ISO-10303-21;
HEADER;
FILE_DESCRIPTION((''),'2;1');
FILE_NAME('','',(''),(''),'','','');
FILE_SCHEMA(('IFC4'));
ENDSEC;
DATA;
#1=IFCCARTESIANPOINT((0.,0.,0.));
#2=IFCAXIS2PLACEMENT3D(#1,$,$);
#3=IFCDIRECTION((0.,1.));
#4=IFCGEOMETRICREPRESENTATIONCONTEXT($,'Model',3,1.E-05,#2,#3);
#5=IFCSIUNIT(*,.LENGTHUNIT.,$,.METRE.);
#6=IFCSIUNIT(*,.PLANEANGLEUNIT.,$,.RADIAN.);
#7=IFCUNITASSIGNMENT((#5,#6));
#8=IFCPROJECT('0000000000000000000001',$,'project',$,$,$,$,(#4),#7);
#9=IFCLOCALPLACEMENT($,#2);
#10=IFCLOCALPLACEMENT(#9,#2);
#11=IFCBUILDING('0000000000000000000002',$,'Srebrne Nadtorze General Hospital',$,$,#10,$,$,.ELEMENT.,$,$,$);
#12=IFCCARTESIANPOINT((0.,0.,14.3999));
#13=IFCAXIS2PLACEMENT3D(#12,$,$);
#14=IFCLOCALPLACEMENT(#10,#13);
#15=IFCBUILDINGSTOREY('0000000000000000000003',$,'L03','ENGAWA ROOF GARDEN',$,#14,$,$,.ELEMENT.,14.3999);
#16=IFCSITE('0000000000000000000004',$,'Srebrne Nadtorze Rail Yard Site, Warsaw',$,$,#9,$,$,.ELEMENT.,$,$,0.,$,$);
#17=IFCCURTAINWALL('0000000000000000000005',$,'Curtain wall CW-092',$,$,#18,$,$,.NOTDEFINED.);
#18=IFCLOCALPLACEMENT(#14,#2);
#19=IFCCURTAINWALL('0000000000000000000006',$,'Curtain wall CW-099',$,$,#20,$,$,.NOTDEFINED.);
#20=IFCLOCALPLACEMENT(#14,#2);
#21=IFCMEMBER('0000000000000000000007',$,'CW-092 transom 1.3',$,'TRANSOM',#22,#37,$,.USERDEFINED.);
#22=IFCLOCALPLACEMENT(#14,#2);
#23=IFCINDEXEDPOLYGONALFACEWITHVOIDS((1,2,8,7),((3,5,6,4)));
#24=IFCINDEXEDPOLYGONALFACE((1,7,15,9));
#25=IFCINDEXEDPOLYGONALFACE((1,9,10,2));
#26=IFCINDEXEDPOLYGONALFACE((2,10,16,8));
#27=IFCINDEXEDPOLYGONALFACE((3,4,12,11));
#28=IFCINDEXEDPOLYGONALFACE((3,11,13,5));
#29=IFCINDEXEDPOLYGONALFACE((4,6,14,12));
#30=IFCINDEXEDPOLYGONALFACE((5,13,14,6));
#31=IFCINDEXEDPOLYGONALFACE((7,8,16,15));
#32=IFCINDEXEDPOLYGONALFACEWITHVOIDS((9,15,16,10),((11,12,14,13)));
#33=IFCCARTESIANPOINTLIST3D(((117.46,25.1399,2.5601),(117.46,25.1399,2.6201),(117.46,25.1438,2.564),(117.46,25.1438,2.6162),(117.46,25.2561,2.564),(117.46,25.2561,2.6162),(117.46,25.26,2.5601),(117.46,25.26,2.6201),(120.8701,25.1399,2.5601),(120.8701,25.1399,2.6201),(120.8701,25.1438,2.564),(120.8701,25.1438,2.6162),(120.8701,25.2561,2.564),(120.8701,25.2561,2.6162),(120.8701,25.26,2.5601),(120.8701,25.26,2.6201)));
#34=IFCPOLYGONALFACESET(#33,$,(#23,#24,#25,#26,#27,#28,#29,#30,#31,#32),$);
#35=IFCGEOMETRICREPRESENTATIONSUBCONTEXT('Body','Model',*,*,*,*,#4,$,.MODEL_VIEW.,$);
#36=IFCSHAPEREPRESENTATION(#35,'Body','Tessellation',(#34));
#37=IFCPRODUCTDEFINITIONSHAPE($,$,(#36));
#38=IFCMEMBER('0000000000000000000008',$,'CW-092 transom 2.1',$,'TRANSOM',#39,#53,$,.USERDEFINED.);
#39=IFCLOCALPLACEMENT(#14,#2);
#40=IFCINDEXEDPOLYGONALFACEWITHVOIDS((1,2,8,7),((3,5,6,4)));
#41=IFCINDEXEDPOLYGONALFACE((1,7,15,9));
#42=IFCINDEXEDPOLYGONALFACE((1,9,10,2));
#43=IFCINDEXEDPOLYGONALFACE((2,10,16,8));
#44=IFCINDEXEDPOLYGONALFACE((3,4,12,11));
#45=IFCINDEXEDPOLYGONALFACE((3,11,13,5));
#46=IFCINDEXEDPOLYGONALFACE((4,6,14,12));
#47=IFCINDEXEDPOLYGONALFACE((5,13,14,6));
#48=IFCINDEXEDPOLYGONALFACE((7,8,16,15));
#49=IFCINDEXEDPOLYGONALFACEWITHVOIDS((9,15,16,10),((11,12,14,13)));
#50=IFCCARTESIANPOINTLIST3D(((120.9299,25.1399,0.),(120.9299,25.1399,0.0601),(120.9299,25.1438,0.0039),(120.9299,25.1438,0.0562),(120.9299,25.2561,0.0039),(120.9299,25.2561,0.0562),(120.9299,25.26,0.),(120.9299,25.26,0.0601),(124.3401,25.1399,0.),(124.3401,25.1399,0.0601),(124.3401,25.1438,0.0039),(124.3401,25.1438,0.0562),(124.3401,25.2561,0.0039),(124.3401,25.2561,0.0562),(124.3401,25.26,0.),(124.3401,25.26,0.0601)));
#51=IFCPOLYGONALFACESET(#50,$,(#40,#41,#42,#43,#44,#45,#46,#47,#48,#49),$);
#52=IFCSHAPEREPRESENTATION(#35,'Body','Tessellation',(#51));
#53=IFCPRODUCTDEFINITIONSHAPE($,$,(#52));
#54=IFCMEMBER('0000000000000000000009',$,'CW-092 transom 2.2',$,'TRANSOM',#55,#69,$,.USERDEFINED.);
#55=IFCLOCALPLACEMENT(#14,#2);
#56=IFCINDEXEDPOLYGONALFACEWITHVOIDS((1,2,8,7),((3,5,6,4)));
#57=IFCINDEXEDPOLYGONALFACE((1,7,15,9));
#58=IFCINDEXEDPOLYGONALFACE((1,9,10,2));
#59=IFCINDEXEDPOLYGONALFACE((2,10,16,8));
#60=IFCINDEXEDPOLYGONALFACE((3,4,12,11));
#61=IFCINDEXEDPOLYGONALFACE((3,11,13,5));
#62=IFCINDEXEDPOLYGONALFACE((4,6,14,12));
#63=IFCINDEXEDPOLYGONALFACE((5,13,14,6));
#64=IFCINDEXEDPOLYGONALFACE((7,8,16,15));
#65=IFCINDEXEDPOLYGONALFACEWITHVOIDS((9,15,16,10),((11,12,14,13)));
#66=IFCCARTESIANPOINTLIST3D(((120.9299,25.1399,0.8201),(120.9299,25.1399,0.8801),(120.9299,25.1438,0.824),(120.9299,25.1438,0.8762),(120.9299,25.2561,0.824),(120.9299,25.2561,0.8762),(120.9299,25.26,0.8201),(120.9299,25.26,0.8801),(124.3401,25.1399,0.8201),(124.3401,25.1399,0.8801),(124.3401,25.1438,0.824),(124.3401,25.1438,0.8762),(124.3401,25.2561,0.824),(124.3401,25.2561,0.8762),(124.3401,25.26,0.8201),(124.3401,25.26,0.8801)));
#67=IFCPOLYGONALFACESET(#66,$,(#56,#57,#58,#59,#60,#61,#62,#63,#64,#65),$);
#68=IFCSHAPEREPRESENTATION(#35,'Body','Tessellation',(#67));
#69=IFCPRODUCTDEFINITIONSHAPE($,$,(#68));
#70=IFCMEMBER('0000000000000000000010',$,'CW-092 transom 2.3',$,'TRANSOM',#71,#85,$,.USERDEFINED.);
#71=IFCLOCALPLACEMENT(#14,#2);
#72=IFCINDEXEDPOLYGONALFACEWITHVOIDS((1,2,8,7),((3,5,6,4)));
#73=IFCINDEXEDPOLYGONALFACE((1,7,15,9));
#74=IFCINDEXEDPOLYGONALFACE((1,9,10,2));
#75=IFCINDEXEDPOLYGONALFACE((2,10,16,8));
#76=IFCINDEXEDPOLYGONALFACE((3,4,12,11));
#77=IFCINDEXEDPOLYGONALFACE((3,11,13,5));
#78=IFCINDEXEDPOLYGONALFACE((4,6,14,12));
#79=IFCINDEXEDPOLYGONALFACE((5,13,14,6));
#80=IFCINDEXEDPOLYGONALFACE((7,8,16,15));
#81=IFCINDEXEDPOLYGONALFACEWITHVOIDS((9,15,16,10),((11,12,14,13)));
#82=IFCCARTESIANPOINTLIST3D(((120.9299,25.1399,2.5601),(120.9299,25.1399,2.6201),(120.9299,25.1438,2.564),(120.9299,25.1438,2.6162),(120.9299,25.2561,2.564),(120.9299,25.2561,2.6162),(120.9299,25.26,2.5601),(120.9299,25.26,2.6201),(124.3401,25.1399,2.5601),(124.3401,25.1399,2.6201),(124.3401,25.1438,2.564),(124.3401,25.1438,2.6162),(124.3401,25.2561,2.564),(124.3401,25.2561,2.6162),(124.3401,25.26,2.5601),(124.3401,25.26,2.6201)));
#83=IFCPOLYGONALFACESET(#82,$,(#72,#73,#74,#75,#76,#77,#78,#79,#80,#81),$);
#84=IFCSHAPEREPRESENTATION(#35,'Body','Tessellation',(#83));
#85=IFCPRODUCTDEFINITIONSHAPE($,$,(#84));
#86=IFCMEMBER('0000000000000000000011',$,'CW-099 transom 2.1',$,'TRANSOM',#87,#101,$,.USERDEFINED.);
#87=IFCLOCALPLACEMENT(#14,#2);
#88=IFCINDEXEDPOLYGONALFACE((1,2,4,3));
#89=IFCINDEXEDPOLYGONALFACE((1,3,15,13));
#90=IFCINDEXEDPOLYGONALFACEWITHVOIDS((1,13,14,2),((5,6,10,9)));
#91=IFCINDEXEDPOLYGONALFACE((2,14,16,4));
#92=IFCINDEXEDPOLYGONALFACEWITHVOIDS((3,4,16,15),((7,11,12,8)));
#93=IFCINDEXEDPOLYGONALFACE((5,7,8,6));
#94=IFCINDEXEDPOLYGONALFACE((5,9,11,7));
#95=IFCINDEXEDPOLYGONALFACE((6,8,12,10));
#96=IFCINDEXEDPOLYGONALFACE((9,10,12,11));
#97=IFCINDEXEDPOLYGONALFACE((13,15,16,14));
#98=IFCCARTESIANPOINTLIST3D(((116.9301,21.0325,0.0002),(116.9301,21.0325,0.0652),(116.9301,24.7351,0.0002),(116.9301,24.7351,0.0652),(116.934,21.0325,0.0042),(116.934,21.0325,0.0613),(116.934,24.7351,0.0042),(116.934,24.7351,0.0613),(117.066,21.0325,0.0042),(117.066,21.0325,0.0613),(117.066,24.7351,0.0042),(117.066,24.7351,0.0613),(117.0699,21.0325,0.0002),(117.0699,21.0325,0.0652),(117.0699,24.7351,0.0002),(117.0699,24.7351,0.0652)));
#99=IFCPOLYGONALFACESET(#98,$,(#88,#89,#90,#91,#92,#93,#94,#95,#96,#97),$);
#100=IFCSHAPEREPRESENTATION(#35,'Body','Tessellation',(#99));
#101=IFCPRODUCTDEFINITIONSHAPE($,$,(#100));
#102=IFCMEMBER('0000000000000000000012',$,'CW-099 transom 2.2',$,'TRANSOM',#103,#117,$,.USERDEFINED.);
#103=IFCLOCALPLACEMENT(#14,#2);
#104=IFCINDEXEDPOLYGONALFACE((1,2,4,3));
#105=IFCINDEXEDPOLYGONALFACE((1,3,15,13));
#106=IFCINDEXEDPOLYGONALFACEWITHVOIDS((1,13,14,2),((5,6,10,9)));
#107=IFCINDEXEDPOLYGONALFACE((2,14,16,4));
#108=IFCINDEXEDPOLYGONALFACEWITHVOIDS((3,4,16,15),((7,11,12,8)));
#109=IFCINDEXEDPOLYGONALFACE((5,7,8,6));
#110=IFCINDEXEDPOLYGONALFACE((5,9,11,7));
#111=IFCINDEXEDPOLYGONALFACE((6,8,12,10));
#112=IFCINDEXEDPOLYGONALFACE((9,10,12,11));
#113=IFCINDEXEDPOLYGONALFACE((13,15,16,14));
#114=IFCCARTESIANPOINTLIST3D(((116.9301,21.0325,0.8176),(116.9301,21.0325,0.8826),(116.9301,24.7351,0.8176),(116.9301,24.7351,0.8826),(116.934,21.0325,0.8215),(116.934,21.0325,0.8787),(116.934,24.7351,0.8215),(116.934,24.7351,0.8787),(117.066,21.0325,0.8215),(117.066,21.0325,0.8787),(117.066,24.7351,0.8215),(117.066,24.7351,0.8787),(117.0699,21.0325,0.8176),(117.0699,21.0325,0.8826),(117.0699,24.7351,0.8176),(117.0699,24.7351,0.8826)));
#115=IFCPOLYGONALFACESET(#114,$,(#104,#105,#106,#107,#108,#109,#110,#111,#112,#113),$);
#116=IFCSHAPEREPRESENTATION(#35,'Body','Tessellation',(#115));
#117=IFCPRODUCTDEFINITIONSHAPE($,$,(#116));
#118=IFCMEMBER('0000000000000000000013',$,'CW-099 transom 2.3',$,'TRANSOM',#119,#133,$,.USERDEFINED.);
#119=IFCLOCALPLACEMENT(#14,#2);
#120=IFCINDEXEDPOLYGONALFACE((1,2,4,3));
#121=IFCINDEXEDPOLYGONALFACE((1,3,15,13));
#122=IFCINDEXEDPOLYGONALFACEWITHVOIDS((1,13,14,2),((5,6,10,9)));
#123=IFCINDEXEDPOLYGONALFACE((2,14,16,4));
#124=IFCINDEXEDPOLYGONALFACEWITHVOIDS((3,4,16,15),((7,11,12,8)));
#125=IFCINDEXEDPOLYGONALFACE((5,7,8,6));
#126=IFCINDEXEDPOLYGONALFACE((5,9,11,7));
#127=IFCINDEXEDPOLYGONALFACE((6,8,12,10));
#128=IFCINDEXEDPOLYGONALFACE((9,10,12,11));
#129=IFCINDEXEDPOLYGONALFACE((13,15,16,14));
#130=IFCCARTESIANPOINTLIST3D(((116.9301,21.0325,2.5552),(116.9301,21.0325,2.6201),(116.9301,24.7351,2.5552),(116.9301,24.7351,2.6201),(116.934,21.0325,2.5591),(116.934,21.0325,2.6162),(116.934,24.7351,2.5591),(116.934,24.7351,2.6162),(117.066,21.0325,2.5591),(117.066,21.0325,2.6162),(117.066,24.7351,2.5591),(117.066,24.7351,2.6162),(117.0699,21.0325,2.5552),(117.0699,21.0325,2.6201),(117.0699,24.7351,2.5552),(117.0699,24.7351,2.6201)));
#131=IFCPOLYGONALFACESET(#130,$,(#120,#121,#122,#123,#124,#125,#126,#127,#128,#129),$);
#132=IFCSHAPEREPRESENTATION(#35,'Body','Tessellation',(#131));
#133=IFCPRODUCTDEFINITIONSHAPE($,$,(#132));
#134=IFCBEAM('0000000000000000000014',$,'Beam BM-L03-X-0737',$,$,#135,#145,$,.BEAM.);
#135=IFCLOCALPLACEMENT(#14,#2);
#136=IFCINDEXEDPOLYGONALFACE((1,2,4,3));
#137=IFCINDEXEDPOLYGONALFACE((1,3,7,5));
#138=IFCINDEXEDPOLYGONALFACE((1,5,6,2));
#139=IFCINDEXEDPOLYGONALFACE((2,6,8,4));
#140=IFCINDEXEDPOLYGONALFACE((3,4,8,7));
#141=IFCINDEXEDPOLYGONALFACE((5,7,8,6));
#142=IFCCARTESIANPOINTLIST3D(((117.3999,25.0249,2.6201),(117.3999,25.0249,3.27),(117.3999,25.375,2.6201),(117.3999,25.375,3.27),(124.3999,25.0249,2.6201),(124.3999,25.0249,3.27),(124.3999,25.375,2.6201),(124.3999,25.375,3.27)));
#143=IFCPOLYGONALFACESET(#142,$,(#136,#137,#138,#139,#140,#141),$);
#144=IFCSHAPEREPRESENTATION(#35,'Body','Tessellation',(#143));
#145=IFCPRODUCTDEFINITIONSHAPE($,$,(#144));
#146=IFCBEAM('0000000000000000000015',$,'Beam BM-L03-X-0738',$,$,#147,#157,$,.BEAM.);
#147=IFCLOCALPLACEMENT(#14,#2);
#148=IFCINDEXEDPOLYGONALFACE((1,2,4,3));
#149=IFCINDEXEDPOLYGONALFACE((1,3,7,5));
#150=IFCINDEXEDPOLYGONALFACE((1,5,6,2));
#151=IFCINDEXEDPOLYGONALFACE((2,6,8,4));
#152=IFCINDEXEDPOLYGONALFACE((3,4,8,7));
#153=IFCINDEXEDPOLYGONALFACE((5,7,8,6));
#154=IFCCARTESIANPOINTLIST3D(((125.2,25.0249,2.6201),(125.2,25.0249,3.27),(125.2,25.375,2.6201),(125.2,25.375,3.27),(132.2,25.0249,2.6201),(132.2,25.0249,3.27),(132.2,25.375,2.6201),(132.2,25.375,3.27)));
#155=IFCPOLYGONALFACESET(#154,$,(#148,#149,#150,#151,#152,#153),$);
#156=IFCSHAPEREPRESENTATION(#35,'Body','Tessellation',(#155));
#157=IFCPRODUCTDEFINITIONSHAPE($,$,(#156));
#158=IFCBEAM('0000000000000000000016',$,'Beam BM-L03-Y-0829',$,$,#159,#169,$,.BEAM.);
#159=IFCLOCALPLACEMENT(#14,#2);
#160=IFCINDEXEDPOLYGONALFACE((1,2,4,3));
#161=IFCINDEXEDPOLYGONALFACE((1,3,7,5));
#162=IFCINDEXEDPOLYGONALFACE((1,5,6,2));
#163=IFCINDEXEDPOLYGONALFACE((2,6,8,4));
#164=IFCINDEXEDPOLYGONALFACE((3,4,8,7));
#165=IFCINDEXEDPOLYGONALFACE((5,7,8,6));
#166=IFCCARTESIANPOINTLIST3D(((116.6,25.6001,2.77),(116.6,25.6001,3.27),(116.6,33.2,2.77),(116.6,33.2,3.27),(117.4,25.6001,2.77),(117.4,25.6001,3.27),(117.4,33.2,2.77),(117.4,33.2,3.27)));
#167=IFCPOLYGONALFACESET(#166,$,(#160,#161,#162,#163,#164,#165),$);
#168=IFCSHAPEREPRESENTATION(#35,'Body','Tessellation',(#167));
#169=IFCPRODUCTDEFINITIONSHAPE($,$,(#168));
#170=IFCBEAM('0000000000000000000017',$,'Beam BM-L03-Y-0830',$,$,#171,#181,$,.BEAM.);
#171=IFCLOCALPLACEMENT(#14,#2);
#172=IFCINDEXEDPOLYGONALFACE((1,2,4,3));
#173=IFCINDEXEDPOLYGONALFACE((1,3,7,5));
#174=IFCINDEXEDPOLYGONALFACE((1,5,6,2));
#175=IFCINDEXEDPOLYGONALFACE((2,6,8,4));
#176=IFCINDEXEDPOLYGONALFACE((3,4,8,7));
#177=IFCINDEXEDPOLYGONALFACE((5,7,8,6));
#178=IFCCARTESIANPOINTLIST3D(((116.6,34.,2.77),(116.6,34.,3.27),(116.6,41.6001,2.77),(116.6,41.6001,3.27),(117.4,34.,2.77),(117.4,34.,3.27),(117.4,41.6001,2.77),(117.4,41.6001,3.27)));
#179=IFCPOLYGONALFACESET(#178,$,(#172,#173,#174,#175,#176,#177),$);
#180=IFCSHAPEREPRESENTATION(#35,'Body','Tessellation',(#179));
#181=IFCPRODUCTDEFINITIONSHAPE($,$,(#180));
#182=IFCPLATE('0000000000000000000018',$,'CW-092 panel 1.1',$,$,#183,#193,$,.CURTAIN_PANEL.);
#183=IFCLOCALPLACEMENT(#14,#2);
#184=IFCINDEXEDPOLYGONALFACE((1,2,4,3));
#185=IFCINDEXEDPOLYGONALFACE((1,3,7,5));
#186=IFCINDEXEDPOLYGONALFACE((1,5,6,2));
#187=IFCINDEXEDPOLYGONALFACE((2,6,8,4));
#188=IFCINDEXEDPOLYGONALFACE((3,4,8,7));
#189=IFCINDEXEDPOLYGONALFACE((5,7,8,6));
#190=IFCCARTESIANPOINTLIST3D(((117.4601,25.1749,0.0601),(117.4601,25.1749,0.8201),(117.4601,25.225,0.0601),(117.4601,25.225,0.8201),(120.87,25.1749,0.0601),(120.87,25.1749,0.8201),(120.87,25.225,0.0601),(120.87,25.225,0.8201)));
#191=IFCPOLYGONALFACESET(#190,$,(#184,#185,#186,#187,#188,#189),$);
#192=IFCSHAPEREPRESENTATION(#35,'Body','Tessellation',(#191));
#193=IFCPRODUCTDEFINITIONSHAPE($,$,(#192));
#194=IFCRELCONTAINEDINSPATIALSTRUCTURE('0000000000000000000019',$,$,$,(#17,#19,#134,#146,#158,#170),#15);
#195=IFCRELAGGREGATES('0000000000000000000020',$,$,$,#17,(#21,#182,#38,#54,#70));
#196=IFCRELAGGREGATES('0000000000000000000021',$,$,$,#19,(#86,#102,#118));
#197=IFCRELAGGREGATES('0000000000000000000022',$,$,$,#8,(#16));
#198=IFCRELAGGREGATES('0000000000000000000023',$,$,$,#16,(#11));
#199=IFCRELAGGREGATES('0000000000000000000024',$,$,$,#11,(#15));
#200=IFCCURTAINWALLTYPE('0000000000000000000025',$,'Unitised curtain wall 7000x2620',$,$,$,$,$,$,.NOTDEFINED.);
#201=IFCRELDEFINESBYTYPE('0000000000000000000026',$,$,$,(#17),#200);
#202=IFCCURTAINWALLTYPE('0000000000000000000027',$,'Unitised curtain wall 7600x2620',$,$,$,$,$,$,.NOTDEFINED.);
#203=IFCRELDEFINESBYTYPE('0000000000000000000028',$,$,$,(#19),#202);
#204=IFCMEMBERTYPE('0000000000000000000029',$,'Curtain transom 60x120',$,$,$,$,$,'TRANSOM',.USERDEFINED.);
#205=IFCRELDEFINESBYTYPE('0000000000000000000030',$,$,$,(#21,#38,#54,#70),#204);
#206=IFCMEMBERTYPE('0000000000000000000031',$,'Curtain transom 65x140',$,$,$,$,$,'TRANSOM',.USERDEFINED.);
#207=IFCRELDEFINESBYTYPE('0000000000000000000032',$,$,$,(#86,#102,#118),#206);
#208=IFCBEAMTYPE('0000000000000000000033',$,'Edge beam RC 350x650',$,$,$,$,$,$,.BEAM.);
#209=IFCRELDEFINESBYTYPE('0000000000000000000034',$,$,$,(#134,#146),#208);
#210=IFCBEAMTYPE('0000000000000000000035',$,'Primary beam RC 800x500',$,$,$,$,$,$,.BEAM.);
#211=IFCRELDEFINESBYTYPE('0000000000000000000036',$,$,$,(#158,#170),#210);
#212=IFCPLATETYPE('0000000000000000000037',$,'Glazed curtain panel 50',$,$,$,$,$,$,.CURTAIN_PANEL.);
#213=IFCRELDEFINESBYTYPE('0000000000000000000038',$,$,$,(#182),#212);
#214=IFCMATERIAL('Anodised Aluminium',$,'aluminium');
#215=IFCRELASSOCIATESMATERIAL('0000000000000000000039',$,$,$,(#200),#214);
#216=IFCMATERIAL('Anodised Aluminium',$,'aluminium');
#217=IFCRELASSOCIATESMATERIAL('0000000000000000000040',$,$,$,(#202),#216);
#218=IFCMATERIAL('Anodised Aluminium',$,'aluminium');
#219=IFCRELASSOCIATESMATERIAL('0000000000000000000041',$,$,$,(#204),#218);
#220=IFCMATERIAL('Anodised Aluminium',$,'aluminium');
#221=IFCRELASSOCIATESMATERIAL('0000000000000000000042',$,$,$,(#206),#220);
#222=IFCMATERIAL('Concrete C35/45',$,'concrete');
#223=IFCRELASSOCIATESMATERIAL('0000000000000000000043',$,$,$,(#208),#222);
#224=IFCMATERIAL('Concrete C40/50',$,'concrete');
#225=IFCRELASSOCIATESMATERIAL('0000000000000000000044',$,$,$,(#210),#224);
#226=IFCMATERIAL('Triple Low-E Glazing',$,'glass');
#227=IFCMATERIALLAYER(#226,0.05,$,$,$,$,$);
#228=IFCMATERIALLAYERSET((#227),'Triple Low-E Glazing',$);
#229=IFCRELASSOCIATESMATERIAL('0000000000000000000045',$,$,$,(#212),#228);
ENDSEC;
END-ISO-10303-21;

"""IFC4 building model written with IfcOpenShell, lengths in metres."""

from ifc_helpers import new_model, si_unit, direction, frame, origin, origin_2d, place, context, subcontext, project, spatial, rectangle, hollow_rectangle, extrude, material, layer, layer_set, material_profile, profile_set, type_object, element, aggregate, save


model = new_model("IFC4")

# Units and contexts
model_context = context("Model", 3, precision=1e-05, world=origin(), true_north=direction((0.0, 1.0)))
body_context = subcontext(model_context, "Body", "Model", "MODEL_VIEW")
ifc_project = project(units=[si_unit("LENGTHUNIT", "METRE"), si_unit("PLANEANGLEUNIT", "RADIAN")], contexts=[model_context])

# Site, building, storey
site_placement = place(None, origin())
site = spatial("IfcSite", under=ifc_project, at=site_placement, Name="Srebrne Nadtorze Rail Yard Site, Warsaw", CompositionType="ELEMENT", RefElevation=0.0)
building_placement = place(site_placement, origin())
building = spatial("IfcBuilding", under=site, at=building_placement, Name="Srebrne Nadtorze General Hospital", CompositionType="ELEMENT")
storey_placement = place(building_placement, frame((0.0, 0.0, 14.3999)))
storey = spatial("IfcBuildingStorey", under=building, at=storey_placement, Name="L03", Description="ENGAWA ROOF GARDEN", CompositionType="ELEMENT", Elevation=14.3999)

# Curtain wall
ifc_material_1 = material(Name="Anodised Aluminium", Category="aluminium")
curtain_wall_type_1 = type_object("IfcCurtainWallType", Name="Unitised curtain wall 7000x2620", PredefinedType="NOTDEFINED", material=ifc_material_1)
curtain_wall_1_placement = place(storey_placement, origin())
curtain_wall_1 = element("IfcCurtainWall", 1, at=curtain_wall_1_placement, inside=storey, type_object=curtain_wall_type_1, Name="Curtain wall CW-092", PredefinedType="NOTDEFINED")

# Curtain wall
ifc_material_2 = material(Name="Anodised Aluminium", Category="aluminium")
curtain_wall_type_2 = type_object("IfcCurtainWallType", Name="Unitised curtain wall 7600x2620", PredefinedType="NOTDEFINED", material=ifc_material_2)
curtain_wall_2_placement = place(storey_placement, origin())
curtain_wall_2 = element("IfcCurtainWall", 2, at=curtain_wall_2_placement, inside=storey, type_object=curtain_wall_type_2, Name="Curtain wall CW-099", PredefinedType="NOTDEFINED")

# Members
ifc_material_3 = material(Name="Anodised Aluminium", Category="aluminium")
ifc_material_profile_1 = material_profile(ifc_material_3, hollow_rectangle(XDim=0.0601, YDim=0.1201, WallThickness=0.0039, at=origin_2d()), Name="AL-TRN-60x120")
ifc_profile_set_1 = profile_set([ifc_material_profile_1], Name="Anodised Aluminium")
member_type_1 = type_object("IfcMemberType", Name="Curtain transom 60x120", ElementType="TRANSOM", PredefinedType="USERDEFINED", material=ifc_profile_set_1)
member_1_placement = place(storey_placement, frame((117.46, 25.2, 2.5901), z_axis=(1.0, 0.0, 0.0), x_axis=(0.0, 0.0, 1.0)))
member_1 = element("IfcMember", 3, at=member_1_placement, type_object=member_type_1, Name="CW-092 transom 1.3", ObjectType="TRANSOM", PredefinedType="USERDEFINED", context=body_context, shape_type="SweptSolid", body=[
    extrude(hollow_rectangle(XDim=0.0601, YDim=0.1201, WallThickness=0.0039, at=origin_2d()), origin(), (0.0, 0.0, 1.0), 3.4102),
])
member_2_placement = place(storey_placement, frame((120.9299, 25.2, 0.03), z_axis=(1.0, 0.0, 0.0), x_axis=(0.0, 0.0, 1.0)))
member_2 = element("IfcMember", 4, at=member_2_placement, type_object=member_type_1, Name="CW-092 transom 2.1", ObjectType="TRANSOM", PredefinedType="USERDEFINED", context=body_context, shape_type="SweptSolid", body=[
    extrude(hollow_rectangle(XDim=0.0601, YDim=0.1201, WallThickness=0.0039, at=origin_2d()), origin(), (0.0, 0.0, 1.0), 3.4102),
])
member_3_placement = place(storey_placement, frame((120.9299, 25.2, 0.8501), z_axis=(1.0, 0.0, 0.0), x_axis=(0.0, 0.0, 1.0)))
member_3 = element("IfcMember", 5, at=member_3_placement, type_object=member_type_1, Name="CW-092 transom 2.2", ObjectType="TRANSOM", PredefinedType="USERDEFINED", context=body_context, shape_type="SweptSolid", body=[
    extrude(hollow_rectangle(XDim=0.0601, YDim=0.1201, WallThickness=0.0039, at=origin_2d()), origin(), (0.0, 0.0, 1.0), 3.4102),
])
member_4_placement = place(storey_placement, frame((120.9299, 25.2, 2.5901), z_axis=(1.0, 0.0, 0.0), x_axis=(0.0, 0.0, 1.0)))
member_4 = element("IfcMember", 6, at=member_4_placement, type_object=member_type_1, Name="CW-092 transom 2.3", ObjectType="TRANSOM", PredefinedType="USERDEFINED", context=body_context, shape_type="SweptSolid", body=[
    extrude(hollow_rectangle(XDim=0.0601, YDim=0.1201, WallThickness=0.0039, at=origin_2d()), origin(), (0.0, 0.0, 1.0), 3.4102),
])
ifc_material_4 = material(Name="Anodised Aluminium", Category="aluminium")
ifc_material_profile_2 = material_profile(ifc_material_4, hollow_rectangle(XDim=0.0649, YDim=0.1399, WallThickness=0.0039, at=origin_2d()), Name="AL-TRN-65x140")
ifc_profile_set_2 = profile_set([ifc_material_profile_2], Name="Anodised Aluminium")
member_type_2 = type_object("IfcMemberType", Name="Curtain transom 65x140", ElementType="TRANSOM", PredefinedType="USERDEFINED", material=ifc_profile_set_2)
member_5_placement = place(storey_placement, frame((117.0, 21.0325, 0.0327), z_axis=(0.0, 1.0, 0.0), x_axis=(0.0, 0.0, 1.0)))
member_5 = element("IfcMember", 7, at=member_5_placement, type_object=member_type_2, Name="CW-099 transom 2.1", ObjectType="TRANSOM", PredefinedType="USERDEFINED", context=body_context, shape_type="SweptSolid", body=[
    extrude(hollow_rectangle(XDim=0.0649, YDim=0.1399, WallThickness=0.0039, at=origin_2d()), origin(), (0.0, 0.0, 1.0), 3.7026),
])
member_6_placement = place(storey_placement, frame((117.0, 21.0325, 0.8501), z_axis=(0.0, 1.0, 0.0), x_axis=(0.0, 0.0, 1.0)))
member_6 = element("IfcMember", 8, at=member_6_placement, type_object=member_type_2, Name="CW-099 transom 2.2", ObjectType="TRANSOM", PredefinedType="USERDEFINED", context=body_context, shape_type="SweptSolid", body=[
    extrude(hollow_rectangle(XDim=0.0649, YDim=0.1399, WallThickness=0.0039, at=origin_2d()), origin(), (0.0, 0.0, 1.0), 3.7026),
])
member_7_placement = place(storey_placement, frame((117.0, 21.0325, 2.5876), z_axis=(0.0, 1.0, 0.0), x_axis=(0.0, 0.0, 1.0)))
member_7 = element("IfcMember", 9, at=member_7_placement, type_object=member_type_2, Name="CW-099 transom 2.3", ObjectType="TRANSOM", PredefinedType="USERDEFINED", context=body_context, shape_type="SweptSolid", body=[
    extrude(hollow_rectangle(XDim=0.0649, YDim=0.1399, WallThickness=0.0039, at=origin_2d()), origin(), (0.0, 0.0, 1.0), 3.7026),
])

# Beams
ifc_material_5 = material(Name="Concrete C35/45", Category="concrete")
ifc_material_profile_3 = material_profile(ifc_material_5, rectangle(XDim=0.3501, YDim=0.6499, at=origin_2d()), Name="RC-BM-350x650")
ifc_profile_set_3 = profile_set([ifc_material_profile_3], Name="Concrete C35/45")
beam_type_1 = type_object("IfcBeamType", Name="Edge beam RC 350x650", PredefinedType="BEAM", material=ifc_profile_set_3)
for number, where, z_axis, x_axis, name in (
    (10, (117.3999, 25.2, 2.9451), (1.0, 0.0, 0.0), (0.0, 1.0, 0.0), "Beam BM-L03-X-0737"),
    (11, (125.2, 25.2, 2.9451), (1.0, 0.0, 0.0), (0.0, 1.0, 0.0), "Beam BM-L03-X-0738"),
):
    element("IfcBeam", number, at=place(storey_placement, frame(where, z_axis=z_axis, x_axis=x_axis)), inside=storey, type_object=beam_type_1, Name=name, PredefinedType="BEAM", context=body_context, shape_type="SweptSolid", body=[
        extrude(rectangle(XDim=0.3501, YDim=0.6499, at=origin_2d()), origin(), (0.0, 0.0, 1.0), 7.0),
    ])
ifc_material_6 = material(Name="Concrete C40/50", Category="concrete")
ifc_material_profile_4 = material_profile(ifc_material_6, rectangle(XDim=0.8, YDim=0.5, at=origin_2d()), Name="RC-BM-800x500")
ifc_profile_set_4 = profile_set([ifc_material_profile_4], Name="Concrete C40/50")
beam_type_2 = type_object("IfcBeamType", Name="Primary beam RC 800x500", PredefinedType="BEAM", material=ifc_profile_set_4)
beam_1_placement = place(storey_placement, frame((117.0, 25.6001, 3.02), z_axis=(0.0, 1.0, 0.0), x_axis=(-1.0, 0.0, 0.0)))
element("IfcBeam", 12, at=beam_1_placement, inside=storey, type_object=beam_type_2, Name="Beam BM-L03-Y-0829", PredefinedType="BEAM", context=body_context, shape_type="SweptSolid", body=[
    extrude(rectangle(XDim=0.8, YDim=0.5, at=origin_2d()), origin(), (0.0, 0.0, 1.0), 7.5999),
])
beam_2_placement = place(storey_placement, frame((117.0, 34.0, 3.02), z_axis=(0.0, 1.0, 0.0), x_axis=(-1.0, 0.0, 0.0)))
element("IfcBeam", 13, at=beam_2_placement, inside=storey, type_object=beam_type_2, Name="Beam BM-L03-Y-0830", PredefinedType="BEAM", context=body_context, shape_type="SweptSolid", body=[
    extrude(rectangle(XDim=0.8, YDim=0.5, at=origin_2d()), origin(), (0.0, 0.0, 1.0), 7.6001),
])

# Plate
ifc_material_7 = material(Name="Triple Low-E Glazing", Category="glass")
ifc_layer_1 = layer(ifc_material_7, 0.05)
ifc_layer_set_1 = layer_set([ifc_layer_1], Name="Triple Low-E Glazing")
plate_type = type_object("IfcPlateType", Name="Glazed curtain panel 50", PredefinedType="CURTAIN_PANEL", material=ifc_layer_set_1)
plate_1_placement = place(storey_placement, frame((119.165, 25.2, 0.0601), z_axis=(0.0, 0.0, 1.0), x_axis=(1.0, 0.0, 0.0)))
plate_1 = element("IfcPlate", 14, at=plate_1_placement, type_object=plate_type, Name="CW-092 panel 1.1", PredefinedType="CURTAIN_PANEL", context=body_context, shape_type="SweptSolid", body=[
    extrude(rectangle(XDim=3.4099, YDim=0.05, at=origin_2d()), origin(), (0.0, 0.0, 1.0), 0.76),
])
aggregate(curtain_wall_1, [member_1, plate_1, member_2, member_3, member_4])
aggregate(curtain_wall_2, [member_5, member_6, member_7])

save(model, "model.ifc")
